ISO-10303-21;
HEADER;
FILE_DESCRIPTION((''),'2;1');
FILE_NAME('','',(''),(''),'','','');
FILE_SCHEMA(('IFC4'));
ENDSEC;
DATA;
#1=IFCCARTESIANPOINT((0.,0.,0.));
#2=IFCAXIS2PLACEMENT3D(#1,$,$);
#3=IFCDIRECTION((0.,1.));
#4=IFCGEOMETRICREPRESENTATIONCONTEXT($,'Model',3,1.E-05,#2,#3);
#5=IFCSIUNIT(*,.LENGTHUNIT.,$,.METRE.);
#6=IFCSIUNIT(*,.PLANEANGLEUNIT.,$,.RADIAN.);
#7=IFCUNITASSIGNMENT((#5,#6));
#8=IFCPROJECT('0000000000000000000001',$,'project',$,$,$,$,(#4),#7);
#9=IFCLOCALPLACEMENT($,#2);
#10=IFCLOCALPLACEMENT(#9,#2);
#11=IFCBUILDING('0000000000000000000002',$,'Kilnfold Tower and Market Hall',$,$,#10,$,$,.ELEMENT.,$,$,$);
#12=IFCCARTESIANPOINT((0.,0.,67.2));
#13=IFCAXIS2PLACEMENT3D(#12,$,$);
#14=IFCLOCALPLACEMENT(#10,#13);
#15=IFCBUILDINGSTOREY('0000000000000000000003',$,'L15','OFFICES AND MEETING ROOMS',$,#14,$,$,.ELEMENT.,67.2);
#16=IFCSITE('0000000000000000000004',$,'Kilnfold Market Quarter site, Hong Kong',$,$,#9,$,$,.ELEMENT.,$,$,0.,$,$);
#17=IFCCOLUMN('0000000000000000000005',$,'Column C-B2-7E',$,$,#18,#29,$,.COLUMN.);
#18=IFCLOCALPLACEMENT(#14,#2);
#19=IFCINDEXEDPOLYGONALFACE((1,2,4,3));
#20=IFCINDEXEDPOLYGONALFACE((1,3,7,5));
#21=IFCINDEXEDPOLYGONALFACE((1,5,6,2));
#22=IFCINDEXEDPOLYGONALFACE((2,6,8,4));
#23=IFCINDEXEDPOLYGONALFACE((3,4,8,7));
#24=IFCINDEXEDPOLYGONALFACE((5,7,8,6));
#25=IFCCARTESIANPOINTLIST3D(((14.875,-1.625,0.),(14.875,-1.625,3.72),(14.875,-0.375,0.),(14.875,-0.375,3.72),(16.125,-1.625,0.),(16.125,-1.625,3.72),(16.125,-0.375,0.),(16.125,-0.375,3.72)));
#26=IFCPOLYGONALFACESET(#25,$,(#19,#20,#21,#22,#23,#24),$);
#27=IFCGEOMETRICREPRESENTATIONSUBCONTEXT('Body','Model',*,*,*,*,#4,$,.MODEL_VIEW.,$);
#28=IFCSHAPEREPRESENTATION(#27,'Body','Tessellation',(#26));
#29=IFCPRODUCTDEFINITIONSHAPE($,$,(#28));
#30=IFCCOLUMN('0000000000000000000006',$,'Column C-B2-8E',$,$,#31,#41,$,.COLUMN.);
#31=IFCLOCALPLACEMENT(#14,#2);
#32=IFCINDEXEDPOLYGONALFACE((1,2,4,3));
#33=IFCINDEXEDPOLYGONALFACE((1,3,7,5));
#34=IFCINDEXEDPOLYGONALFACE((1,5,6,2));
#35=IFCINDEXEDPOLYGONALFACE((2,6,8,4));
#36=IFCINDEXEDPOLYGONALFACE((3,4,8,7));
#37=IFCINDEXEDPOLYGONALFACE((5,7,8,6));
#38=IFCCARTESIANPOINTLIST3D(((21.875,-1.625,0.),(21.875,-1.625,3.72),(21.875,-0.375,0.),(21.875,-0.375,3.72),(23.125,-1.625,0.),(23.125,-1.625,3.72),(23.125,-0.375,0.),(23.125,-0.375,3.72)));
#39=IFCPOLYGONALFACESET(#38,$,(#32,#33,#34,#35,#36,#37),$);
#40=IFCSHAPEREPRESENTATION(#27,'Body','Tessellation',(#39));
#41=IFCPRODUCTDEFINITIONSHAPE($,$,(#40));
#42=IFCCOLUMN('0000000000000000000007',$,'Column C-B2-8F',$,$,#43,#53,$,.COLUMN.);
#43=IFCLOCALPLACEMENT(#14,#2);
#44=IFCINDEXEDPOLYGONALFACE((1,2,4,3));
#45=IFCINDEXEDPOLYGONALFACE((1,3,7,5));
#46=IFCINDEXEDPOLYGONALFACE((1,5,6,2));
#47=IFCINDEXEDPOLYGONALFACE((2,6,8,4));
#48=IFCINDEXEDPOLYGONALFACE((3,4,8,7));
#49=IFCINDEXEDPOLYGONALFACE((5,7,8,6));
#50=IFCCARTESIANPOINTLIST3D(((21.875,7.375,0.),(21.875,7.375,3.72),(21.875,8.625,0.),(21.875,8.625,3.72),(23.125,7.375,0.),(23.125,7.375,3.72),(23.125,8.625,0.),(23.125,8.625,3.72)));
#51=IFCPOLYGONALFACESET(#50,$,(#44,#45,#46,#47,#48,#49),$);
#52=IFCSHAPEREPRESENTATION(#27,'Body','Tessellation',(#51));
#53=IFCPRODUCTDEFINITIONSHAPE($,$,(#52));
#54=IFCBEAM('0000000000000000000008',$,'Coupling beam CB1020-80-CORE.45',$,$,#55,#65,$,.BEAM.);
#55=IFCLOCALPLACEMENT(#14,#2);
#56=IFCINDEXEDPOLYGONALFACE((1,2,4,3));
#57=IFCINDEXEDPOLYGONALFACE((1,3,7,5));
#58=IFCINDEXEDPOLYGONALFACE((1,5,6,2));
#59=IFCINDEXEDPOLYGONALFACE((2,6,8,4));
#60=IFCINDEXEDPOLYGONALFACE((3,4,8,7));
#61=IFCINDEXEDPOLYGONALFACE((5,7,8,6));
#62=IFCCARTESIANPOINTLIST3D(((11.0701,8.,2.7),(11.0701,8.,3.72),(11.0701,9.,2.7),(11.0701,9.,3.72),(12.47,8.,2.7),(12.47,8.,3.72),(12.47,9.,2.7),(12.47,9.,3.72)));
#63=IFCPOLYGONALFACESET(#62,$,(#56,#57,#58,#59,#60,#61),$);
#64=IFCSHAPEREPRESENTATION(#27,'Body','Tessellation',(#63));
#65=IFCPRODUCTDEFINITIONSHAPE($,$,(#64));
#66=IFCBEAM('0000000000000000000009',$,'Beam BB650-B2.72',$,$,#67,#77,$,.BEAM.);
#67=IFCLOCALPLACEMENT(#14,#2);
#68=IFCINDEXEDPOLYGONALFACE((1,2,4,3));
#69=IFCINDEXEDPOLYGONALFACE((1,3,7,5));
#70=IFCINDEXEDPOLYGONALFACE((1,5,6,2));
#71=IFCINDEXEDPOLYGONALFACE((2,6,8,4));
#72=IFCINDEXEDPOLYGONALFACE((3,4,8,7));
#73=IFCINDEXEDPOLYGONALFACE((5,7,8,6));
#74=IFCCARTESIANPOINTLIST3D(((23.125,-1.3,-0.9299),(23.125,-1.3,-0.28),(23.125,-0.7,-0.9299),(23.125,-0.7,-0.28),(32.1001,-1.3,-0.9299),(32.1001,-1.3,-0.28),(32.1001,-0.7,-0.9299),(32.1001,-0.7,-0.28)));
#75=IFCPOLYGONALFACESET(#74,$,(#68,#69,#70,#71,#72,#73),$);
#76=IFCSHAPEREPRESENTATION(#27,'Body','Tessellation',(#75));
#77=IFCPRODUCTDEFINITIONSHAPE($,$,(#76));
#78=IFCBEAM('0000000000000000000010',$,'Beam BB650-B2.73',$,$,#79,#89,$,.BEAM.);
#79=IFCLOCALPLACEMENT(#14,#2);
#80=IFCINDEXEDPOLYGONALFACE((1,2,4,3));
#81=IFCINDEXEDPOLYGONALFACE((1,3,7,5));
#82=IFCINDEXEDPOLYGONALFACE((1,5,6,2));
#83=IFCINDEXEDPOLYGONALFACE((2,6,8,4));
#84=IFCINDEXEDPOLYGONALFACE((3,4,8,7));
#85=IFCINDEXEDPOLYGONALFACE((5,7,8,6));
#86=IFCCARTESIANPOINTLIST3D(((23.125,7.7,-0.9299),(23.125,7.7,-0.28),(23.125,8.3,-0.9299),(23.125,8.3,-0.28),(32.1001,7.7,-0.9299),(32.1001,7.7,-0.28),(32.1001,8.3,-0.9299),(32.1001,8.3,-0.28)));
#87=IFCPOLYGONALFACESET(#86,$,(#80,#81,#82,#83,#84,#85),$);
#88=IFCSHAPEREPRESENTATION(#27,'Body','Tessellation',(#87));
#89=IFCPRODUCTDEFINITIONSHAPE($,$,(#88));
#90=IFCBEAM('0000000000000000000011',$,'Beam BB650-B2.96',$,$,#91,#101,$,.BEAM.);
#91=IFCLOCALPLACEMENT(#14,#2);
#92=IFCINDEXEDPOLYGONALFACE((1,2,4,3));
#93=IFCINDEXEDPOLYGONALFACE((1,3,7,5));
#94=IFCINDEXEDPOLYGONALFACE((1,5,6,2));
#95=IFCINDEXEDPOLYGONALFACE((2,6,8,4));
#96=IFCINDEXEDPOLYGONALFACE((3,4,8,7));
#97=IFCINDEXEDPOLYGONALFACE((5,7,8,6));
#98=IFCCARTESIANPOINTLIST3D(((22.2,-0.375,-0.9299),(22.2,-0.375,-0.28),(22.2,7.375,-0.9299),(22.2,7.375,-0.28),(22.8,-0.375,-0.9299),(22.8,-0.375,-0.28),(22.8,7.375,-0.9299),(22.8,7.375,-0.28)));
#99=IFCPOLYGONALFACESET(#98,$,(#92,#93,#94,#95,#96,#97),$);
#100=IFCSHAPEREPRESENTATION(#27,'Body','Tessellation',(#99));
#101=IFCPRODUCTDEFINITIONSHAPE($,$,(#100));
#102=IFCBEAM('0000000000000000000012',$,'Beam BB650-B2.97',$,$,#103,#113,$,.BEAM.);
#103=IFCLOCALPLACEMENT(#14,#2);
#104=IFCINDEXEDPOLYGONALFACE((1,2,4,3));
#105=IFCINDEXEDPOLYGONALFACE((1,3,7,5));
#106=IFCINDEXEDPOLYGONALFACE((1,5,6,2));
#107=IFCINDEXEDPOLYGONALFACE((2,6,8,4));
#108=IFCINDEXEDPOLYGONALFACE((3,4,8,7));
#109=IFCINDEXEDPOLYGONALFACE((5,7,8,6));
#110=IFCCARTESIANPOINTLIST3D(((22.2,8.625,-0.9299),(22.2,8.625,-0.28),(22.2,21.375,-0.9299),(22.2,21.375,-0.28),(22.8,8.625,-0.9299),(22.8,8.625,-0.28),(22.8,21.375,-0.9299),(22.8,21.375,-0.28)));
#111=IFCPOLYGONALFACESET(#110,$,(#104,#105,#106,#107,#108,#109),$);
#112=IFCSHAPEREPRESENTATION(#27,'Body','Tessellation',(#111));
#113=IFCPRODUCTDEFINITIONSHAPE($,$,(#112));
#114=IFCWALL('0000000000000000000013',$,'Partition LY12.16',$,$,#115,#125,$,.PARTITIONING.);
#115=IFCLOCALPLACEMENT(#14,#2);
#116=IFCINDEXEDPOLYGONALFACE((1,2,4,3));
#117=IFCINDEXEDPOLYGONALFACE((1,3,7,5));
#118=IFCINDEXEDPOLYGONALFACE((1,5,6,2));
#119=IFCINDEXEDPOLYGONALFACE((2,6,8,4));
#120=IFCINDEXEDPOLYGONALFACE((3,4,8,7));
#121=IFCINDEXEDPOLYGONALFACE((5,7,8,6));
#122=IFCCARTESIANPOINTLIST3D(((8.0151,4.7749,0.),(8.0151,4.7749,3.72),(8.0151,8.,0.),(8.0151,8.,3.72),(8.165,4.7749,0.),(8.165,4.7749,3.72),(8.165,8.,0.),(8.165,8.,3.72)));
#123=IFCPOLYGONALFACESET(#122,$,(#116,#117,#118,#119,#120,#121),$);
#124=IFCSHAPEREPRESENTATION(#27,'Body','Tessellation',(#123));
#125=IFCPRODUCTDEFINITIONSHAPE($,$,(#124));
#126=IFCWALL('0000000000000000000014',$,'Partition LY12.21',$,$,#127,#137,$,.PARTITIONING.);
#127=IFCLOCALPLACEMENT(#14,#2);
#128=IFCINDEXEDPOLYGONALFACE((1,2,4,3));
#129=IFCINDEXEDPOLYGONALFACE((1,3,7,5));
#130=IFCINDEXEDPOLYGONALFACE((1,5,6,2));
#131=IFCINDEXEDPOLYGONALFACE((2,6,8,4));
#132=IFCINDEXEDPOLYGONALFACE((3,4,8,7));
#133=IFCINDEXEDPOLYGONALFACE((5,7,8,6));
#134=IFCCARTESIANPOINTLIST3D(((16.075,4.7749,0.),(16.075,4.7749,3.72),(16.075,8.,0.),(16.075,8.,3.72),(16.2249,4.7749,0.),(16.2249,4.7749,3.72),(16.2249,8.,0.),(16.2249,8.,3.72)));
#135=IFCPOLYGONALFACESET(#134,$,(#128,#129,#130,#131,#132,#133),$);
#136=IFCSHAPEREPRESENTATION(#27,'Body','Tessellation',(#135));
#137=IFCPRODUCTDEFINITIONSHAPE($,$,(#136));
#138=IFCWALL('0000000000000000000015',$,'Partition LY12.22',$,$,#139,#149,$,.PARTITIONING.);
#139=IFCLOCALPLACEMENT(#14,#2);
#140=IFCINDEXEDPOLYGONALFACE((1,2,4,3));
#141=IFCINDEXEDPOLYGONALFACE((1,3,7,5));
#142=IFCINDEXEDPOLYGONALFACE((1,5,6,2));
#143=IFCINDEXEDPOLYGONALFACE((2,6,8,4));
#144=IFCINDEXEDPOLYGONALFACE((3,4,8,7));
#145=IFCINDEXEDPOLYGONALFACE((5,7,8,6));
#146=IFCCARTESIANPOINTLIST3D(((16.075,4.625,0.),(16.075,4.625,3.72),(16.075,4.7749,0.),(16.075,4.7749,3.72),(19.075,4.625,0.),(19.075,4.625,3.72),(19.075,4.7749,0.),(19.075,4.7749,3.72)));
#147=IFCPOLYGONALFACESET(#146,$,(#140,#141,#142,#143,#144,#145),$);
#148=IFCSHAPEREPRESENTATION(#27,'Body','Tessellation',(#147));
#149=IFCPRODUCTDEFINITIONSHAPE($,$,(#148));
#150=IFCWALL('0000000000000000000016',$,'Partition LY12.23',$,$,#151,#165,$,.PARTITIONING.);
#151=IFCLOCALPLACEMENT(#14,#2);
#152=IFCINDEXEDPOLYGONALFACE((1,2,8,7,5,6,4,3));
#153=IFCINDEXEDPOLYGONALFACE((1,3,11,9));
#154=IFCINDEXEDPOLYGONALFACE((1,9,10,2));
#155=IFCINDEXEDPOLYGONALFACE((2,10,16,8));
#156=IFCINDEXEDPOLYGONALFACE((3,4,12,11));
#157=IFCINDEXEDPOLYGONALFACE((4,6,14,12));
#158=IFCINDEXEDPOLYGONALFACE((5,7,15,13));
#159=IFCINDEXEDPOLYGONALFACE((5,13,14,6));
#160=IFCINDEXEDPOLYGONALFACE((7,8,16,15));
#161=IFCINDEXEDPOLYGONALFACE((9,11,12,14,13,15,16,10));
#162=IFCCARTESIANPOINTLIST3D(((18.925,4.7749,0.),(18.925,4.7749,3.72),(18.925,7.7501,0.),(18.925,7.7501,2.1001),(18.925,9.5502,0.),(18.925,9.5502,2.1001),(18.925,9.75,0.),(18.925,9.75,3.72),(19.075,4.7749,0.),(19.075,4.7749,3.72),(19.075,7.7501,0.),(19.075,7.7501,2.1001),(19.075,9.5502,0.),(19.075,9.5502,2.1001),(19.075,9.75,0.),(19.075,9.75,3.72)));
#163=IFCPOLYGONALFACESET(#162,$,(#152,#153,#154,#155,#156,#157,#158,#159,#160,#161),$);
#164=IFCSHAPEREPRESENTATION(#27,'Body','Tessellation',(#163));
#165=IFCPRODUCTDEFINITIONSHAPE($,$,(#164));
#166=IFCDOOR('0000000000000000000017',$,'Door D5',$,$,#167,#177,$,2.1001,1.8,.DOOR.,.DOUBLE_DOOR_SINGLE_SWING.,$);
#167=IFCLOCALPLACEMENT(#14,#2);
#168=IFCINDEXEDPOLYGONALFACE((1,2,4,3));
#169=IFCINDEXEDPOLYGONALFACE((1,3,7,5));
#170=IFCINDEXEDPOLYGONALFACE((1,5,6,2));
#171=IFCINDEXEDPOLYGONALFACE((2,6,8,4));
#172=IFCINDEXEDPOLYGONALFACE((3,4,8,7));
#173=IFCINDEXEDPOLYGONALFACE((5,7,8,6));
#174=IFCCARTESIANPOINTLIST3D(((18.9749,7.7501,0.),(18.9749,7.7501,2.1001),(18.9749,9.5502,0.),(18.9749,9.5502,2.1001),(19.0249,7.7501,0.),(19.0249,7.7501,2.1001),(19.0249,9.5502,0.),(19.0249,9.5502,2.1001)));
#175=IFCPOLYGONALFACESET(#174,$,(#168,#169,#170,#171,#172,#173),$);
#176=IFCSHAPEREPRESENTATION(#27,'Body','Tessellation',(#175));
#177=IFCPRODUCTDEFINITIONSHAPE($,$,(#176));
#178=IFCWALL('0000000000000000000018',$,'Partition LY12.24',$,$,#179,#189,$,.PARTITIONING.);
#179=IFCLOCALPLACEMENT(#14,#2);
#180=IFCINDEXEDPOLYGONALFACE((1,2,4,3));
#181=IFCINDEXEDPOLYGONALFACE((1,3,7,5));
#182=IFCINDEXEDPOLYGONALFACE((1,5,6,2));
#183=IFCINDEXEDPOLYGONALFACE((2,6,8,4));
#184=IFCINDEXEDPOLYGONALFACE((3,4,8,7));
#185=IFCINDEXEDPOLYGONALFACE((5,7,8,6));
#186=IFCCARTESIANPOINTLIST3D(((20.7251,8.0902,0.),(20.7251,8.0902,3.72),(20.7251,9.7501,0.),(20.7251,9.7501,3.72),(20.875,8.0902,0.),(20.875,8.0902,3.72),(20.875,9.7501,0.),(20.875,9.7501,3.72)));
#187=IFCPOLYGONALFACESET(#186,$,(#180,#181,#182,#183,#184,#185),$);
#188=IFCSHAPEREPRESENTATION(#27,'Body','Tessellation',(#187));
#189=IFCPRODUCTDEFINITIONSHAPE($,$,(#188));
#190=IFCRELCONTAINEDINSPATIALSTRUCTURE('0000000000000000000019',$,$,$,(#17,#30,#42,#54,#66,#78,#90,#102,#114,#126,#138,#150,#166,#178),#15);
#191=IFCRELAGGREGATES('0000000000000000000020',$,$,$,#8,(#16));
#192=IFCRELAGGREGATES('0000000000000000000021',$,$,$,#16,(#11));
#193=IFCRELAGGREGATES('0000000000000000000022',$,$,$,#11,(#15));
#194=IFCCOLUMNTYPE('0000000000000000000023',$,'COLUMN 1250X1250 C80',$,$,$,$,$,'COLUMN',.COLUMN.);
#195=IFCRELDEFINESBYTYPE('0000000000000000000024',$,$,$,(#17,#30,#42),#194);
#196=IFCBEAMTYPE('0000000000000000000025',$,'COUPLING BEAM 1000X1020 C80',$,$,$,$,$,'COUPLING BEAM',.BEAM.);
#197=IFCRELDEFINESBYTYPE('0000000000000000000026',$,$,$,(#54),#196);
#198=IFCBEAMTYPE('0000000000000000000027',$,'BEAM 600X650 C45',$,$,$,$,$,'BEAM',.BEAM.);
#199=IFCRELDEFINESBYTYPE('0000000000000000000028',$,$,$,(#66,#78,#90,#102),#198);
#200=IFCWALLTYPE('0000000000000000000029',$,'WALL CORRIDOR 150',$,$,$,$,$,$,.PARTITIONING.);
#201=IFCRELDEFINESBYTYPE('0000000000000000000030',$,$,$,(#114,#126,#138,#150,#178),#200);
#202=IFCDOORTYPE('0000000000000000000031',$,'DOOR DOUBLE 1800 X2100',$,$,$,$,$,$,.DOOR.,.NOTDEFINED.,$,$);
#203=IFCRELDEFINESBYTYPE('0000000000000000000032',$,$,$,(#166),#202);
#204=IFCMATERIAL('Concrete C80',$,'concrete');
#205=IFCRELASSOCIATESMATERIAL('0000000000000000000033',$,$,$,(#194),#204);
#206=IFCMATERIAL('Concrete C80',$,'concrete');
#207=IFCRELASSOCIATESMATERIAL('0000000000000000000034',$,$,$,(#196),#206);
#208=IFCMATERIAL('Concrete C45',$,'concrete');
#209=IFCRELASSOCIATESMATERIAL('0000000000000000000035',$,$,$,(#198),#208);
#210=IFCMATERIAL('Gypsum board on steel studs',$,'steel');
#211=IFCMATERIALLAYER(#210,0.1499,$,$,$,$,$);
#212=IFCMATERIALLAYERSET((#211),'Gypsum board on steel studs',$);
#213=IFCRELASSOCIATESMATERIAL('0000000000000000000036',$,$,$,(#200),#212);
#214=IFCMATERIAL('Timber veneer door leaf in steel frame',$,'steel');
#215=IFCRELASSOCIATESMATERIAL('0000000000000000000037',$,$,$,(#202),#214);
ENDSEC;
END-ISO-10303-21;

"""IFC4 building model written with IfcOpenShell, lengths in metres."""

from ifc_helpers import new_model, si_unit, direction, frame, frame_2d, origin, origin_2d, place, context, subcontext, project, spatial, rectangle, extrude, source, transform, mapped, material, layer, layer_set, material_profile, profile_set, type_object, element, fill, save


model = new_model("IFC4")

# Units and contexts
model_context = context("Model", 3, precision=1e-05, world=origin(), true_north=direction((0.0, 1.0)))
body_context = subcontext(model_context, "Body", "Model", "MODEL_VIEW")
ifc_project = project(units=[si_unit("LENGTHUNIT", "METRE"), si_unit("PLANEANGLEUNIT", "RADIAN")], contexts=[model_context])

# Site, building, storey
site_placement = place(None, origin())
site = spatial("IfcSite", under=ifc_project, at=site_placement, Name="Kilnfold Market Quarter site, Hong Kong", CompositionType="ELEMENT", RefElevation=0.0)
building_placement = place(site_placement, origin())
building = spatial("IfcBuilding", under=site, at=building_placement, Name="Kilnfold Tower and Market Hall", CompositionType="ELEMENT")
storey_placement = place(building_placement, frame((0.0, 0.0, 67.2)))
storey = spatial("IfcBuildingStorey", under=building, at=storey_placement, Name="L15", Description="OFFICES AND MEETING ROOMS", CompositionType="ELEMENT", Elevation=67.2)

# Columns
ifc_material_1 = material(Name="Concrete C80", Category="concrete")
ifc_material_profile_1 = material_profile(ifc_material_1, rectangle(XDim=1.25, YDim=1.25, at=origin_2d()), Name="RC 1250x1250")
ifc_profile_set_1 = profile_set([ifc_material_profile_1], Name="Concrete C80")
column_type = type_object("IfcColumnType", Name="COLUMN 1250X1250 C80", ElementType="COLUMN", PredefinedType="COLUMN", material=ifc_profile_set_1)
shared_shape_1 = source(origin(), body_context, "Body", "SweptSolid", [
    extrude(rectangle(XDim=1.25, YDim=1.25, at=origin_2d()), origin(), (0.0, 0.0, 1.0), 3.72),
])
for number, where, z_axis, x_axis, name in (
    (1, (15.5, -1.0, 0.0), (0.0, 0.0, 1.0), (1.0, 0.0, 0.0), "Column C-B2-7E"),
    (2, (22.5, -1.0, 0.0), (0.0, 0.0, 1.0), (1.0, 0.0, 0.0), "Column C-B2-8E"),
    (3, (22.5, 8.0, 0.0), (0.0, 0.0, 1.0), (1.0, 0.0, 0.0), "Column C-B2-8F"),
):
    element("IfcColumn", number, at=place(storey_placement, frame(where, z_axis=z_axis, x_axis=x_axis)), inside=storey, type_object=column_type, Name=name, PredefinedType="COLUMN", context=body_context, shape_type="MappedRepresentation", body=[
        mapped(shared_shape_1, transform((0.0, 0.0, 0.0))),
    ])

# Beams
ifc_material_2 = material(Name="Concrete C80", Category="concrete")
ifc_material_profile_2 = material_profile(ifc_material_2, rectangle(XDim=1.0, YDim=1.02, at=origin_2d()), Name="RC 1000x1020")
ifc_profile_set_2 = profile_set([ifc_material_profile_2], Name="Concrete C80")
beam_type_1 = type_object("IfcBeamType", Name="COUPLING BEAM 1000X1020 C80", ElementType="COUPLING BEAM", PredefinedType="BEAM", material=ifc_profile_set_2)
shared_shape_2 = source(origin(), body_context, "Body", "SweptSolid", [
    extrude(rectangle(XDim=1.0, YDim=1.02, at=origin_2d()), origin(), (0.0, 0.0, 1.0), 1.3999),
])
beam_1_placement = place(storey_placement, frame((11.0701, 8.5, 3.21), z_axis=(1.0, 0.0, 0.0), x_axis=(0.0, 1.0, 0.0)))
element("IfcBeam", 4, at=beam_1_placement, inside=storey, type_object=beam_type_1, Name="Coupling beam CB1020-80-CORE.45", PredefinedType="BEAM", context=body_context, shape_type="MappedRepresentation", body=[
    mapped(shared_shape_2, transform((0.0, 0.0, 0.0))),
])
ifc_material_3 = material(Name="Concrete C45", Category="concrete")
ifc_material_profile_3 = material_profile(ifc_material_3, rectangle(XDim=0.6001, YDim=0.6499, at=origin_2d()), Name="RC 600x650")
ifc_profile_set_3 = profile_set([ifc_material_profile_3], Name="Concrete C45")
beam_type_2 = type_object("IfcBeamType", Name="BEAM 600X650 C45", ElementType="BEAM", PredefinedType="BEAM", material=ifc_profile_set_3)
shared_shape_3 = source(origin(), body_context, "Body", "SweptSolid", [
    extrude(rectangle(XDim=0.6001, YDim=0.6499, at=origin_2d()), origin(), (0.0, 0.0, 1.0), 8.9751),
])
for number, where, z_axis, x_axis, name in (
    (5, (23.125, -1.0, -0.605), (1.0, 0.0, 0.0), (0.0, 1.0, 0.0), "Beam BB650-B2.72"),
    (6, (23.125, 8.0, -0.605), (1.0, 0.0, 0.0), (0.0, 1.0, 0.0), "Beam BB650-B2.73"),
):
    element("IfcBeam", number, at=place(storey_placement, frame(where, z_axis=z_axis, x_axis=x_axis)), inside=storey, type_object=beam_type_2, Name=name, PredefinedType="BEAM", context=body_context, shape_type="MappedRepresentation", body=[
        mapped(shared_shape_3, transform((0.0, 0.0, 0.0))),
    ])
shared_shape_4 = source(origin(), body_context, "Body", "SweptSolid", [
    extrude(rectangle(XDim=0.6001, YDim=0.6499, at=origin_2d()), origin(), (0.0, 0.0, 1.0), 7.75),
])
beam_2_placement = place(storey_placement, frame((22.5, -0.375, -0.605), z_axis=(0.0, 1.0, 0.0), x_axis=(-1.0, 0.0, 0.0)))
element("IfcBeam", 7, at=beam_2_placement, inside=storey, type_object=beam_type_2, Name="Beam BB650-B2.96", PredefinedType="BEAM", context=body_context, shape_type="MappedRepresentation", body=[
    mapped(shared_shape_4, transform((0.0, 0.0, 0.0))),
])
shared_shape_5 = source(origin(), body_context, "Body", "SweptSolid", [
    extrude(rectangle(XDim=0.6001, YDim=0.6499, at=origin_2d()), origin(), (0.0, 0.0, 1.0), 12.75),
])
beam_3_placement = place(storey_placement, frame((22.5, 8.625, -0.605), z_axis=(0.0, 1.0, 0.0), x_axis=(-1.0, 0.0, 0.0)))
element("IfcBeam", 8, at=beam_3_placement, inside=storey, type_object=beam_type_2, Name="Beam BB650-B2.97", PredefinedType="BEAM", context=body_context, shape_type="MappedRepresentation", body=[
    mapped(shared_shape_5, transform((0.0, 0.0, 0.0))),
])

# Walls
ifc_material_4 = material(Name="Gypsum board on steel studs", Category="steel")
ifc_layer_1 = layer(ifc_material_4, 0.1499)
ifc_layer_set_1 = layer_set([ifc_layer_1], Name="Gypsum board on steel studs")
wall_type_1 = type_object("IfcWallType", Name="WALL CORRIDOR 150", PredefinedType="PARTITIONING", material=ifc_layer_set_1)
for number, where, z_axis, x_axis, name in (
    (9, (8.0901, 8.0, 0.0), (0.0, 0.0, 1.0), (0.0, -1.0, 0.0), "Partition LY12.16"),
    (10, (16.1499, 4.7749, 0.0), (0.0, 0.0, 1.0), (0.0, 1.0, 0.0), "Partition LY12.21"),
):
    element("IfcWall", number, at=place(storey_placement, frame(where, z_axis=z_axis, x_axis=x_axis)), inside=storey, type_object=wall_type_1, Name=name, PredefinedType="PARTITIONING", context=body_context, shape_type="SweptSolid", body=[
        extrude(rectangle(XDim=3.2251, YDim=0.1499, at=frame_2d((1.6125, 0.0))), origin(), (0.0, 0.0, 1.0), 3.72),
    ])
wall_1_placement = place(storey_placement, frame((16.075, 4.7, 0.0), z_axis=(0.0, 0.0, 1.0), x_axis=(1.0, 0.0, 0.0)))
element("IfcWall", 11, at=wall_1_placement, inside=storey, type_object=wall_type_1, Name="Partition LY12.22", PredefinedType="PARTITIONING", context=body_context, shape_type="SweptSolid", body=[
    extrude(rectangle(XDim=3.0, YDim=0.1499, at=frame_2d((1.5, 0.0))), origin(), (0.0, 0.0, 1.0), 3.72),
])

# Wall, opening, door
wall_2_placement = place(storey_placement, frame((19.0, 9.75, 0.0), z_axis=(0.0, 0.0, 1.0), x_axis=(0.0, -1.0, 0.0)))
wall_2 = element("IfcWall", 12, at=wall_2_placement, inside=storey, type_object=wall_type_1, Name="Partition LY12.23", PredefinedType="PARTITIONING", context=body_context, shape_type="SweptSolid", body=[
    extrude(rectangle(XDim=4.9751, YDim=0.1499, at=frame_2d((2.4875, 0.0))), origin(), (0.0, 0.0, 1.0), 3.72),
])
opening_1_placement = place(wall_2_placement, frame((0.2, 0.0, 0.0)))
opening_1 = element("IfcOpeningElement", 13, at=opening_1_placement, cuts=wall_2, PredefinedType="OPENING", context=body_context, shape_type="SweptSolid", body=[
    extrude(rectangle(XDim=1.8, YDim=2.1001, at=frame_2d((0.8999, 1.05))), frame((0.0, 0.085, 0.0), z_axis=(0.0, -1.0, 0.0), x_axis=(1.0, 0.0, 0.0)), (0.0, 0.0, 1.0), 0.1699),
])
ifc_material_5 = material(Name="Timber veneer door leaf in steel frame", Category="steel")
door_type_1 = type_object("IfcDoorType", Name="DOOR DOUBLE 1800 X2100", OperationType="NOTDEFINED", PredefinedType="DOOR", material=ifc_material_5)
door_1_placement = place(opening_1_placement, origin())
door_1 = element("IfcDoor", 14, at=door_1_placement, inside=storey, type_object=door_type_1, Name="Door D5", OperationType="DOUBLE_DOOR_SINGLE_SWING", OverallHeight=2.1001, OverallWidth=1.8, PredefinedType="DOOR", context=body_context, shape_type="SweptSolid", body=[
    extrude(rectangle(XDim=1.8, YDim=2.1001, at=frame_2d((0.8999, 1.05))), frame((0.0, 0.0249, 0.0), z_axis=(0.0, -1.0, 0.0), x_axis=(1.0, 0.0, 0.0)), (0.0, 0.0, 1.0), 0.05),
])
fill(opening_1, door_1)

# Wall
wall_3_placement = place(storey_placement, frame((20.8, 8.0901, 0.0), z_axis=(0.0, 0.0, 1.0), x_axis=(0.0, 1.0, 0.0)))
element("IfcWall", 15, at=wall_3_placement, inside=storey, type_object=wall_type_1, Name="Partition LY12.24", PredefinedType="PARTITIONING", context=body_context, shape_type="SweptSolid", body=[
    extrude(rectangle(XDim=1.6599, YDim=0.1499, at=frame_2d((0.8301, 0.0))), origin(), (0.0, 0.0, 1.0), 3.72),
])

save(model, "model.ifc")
